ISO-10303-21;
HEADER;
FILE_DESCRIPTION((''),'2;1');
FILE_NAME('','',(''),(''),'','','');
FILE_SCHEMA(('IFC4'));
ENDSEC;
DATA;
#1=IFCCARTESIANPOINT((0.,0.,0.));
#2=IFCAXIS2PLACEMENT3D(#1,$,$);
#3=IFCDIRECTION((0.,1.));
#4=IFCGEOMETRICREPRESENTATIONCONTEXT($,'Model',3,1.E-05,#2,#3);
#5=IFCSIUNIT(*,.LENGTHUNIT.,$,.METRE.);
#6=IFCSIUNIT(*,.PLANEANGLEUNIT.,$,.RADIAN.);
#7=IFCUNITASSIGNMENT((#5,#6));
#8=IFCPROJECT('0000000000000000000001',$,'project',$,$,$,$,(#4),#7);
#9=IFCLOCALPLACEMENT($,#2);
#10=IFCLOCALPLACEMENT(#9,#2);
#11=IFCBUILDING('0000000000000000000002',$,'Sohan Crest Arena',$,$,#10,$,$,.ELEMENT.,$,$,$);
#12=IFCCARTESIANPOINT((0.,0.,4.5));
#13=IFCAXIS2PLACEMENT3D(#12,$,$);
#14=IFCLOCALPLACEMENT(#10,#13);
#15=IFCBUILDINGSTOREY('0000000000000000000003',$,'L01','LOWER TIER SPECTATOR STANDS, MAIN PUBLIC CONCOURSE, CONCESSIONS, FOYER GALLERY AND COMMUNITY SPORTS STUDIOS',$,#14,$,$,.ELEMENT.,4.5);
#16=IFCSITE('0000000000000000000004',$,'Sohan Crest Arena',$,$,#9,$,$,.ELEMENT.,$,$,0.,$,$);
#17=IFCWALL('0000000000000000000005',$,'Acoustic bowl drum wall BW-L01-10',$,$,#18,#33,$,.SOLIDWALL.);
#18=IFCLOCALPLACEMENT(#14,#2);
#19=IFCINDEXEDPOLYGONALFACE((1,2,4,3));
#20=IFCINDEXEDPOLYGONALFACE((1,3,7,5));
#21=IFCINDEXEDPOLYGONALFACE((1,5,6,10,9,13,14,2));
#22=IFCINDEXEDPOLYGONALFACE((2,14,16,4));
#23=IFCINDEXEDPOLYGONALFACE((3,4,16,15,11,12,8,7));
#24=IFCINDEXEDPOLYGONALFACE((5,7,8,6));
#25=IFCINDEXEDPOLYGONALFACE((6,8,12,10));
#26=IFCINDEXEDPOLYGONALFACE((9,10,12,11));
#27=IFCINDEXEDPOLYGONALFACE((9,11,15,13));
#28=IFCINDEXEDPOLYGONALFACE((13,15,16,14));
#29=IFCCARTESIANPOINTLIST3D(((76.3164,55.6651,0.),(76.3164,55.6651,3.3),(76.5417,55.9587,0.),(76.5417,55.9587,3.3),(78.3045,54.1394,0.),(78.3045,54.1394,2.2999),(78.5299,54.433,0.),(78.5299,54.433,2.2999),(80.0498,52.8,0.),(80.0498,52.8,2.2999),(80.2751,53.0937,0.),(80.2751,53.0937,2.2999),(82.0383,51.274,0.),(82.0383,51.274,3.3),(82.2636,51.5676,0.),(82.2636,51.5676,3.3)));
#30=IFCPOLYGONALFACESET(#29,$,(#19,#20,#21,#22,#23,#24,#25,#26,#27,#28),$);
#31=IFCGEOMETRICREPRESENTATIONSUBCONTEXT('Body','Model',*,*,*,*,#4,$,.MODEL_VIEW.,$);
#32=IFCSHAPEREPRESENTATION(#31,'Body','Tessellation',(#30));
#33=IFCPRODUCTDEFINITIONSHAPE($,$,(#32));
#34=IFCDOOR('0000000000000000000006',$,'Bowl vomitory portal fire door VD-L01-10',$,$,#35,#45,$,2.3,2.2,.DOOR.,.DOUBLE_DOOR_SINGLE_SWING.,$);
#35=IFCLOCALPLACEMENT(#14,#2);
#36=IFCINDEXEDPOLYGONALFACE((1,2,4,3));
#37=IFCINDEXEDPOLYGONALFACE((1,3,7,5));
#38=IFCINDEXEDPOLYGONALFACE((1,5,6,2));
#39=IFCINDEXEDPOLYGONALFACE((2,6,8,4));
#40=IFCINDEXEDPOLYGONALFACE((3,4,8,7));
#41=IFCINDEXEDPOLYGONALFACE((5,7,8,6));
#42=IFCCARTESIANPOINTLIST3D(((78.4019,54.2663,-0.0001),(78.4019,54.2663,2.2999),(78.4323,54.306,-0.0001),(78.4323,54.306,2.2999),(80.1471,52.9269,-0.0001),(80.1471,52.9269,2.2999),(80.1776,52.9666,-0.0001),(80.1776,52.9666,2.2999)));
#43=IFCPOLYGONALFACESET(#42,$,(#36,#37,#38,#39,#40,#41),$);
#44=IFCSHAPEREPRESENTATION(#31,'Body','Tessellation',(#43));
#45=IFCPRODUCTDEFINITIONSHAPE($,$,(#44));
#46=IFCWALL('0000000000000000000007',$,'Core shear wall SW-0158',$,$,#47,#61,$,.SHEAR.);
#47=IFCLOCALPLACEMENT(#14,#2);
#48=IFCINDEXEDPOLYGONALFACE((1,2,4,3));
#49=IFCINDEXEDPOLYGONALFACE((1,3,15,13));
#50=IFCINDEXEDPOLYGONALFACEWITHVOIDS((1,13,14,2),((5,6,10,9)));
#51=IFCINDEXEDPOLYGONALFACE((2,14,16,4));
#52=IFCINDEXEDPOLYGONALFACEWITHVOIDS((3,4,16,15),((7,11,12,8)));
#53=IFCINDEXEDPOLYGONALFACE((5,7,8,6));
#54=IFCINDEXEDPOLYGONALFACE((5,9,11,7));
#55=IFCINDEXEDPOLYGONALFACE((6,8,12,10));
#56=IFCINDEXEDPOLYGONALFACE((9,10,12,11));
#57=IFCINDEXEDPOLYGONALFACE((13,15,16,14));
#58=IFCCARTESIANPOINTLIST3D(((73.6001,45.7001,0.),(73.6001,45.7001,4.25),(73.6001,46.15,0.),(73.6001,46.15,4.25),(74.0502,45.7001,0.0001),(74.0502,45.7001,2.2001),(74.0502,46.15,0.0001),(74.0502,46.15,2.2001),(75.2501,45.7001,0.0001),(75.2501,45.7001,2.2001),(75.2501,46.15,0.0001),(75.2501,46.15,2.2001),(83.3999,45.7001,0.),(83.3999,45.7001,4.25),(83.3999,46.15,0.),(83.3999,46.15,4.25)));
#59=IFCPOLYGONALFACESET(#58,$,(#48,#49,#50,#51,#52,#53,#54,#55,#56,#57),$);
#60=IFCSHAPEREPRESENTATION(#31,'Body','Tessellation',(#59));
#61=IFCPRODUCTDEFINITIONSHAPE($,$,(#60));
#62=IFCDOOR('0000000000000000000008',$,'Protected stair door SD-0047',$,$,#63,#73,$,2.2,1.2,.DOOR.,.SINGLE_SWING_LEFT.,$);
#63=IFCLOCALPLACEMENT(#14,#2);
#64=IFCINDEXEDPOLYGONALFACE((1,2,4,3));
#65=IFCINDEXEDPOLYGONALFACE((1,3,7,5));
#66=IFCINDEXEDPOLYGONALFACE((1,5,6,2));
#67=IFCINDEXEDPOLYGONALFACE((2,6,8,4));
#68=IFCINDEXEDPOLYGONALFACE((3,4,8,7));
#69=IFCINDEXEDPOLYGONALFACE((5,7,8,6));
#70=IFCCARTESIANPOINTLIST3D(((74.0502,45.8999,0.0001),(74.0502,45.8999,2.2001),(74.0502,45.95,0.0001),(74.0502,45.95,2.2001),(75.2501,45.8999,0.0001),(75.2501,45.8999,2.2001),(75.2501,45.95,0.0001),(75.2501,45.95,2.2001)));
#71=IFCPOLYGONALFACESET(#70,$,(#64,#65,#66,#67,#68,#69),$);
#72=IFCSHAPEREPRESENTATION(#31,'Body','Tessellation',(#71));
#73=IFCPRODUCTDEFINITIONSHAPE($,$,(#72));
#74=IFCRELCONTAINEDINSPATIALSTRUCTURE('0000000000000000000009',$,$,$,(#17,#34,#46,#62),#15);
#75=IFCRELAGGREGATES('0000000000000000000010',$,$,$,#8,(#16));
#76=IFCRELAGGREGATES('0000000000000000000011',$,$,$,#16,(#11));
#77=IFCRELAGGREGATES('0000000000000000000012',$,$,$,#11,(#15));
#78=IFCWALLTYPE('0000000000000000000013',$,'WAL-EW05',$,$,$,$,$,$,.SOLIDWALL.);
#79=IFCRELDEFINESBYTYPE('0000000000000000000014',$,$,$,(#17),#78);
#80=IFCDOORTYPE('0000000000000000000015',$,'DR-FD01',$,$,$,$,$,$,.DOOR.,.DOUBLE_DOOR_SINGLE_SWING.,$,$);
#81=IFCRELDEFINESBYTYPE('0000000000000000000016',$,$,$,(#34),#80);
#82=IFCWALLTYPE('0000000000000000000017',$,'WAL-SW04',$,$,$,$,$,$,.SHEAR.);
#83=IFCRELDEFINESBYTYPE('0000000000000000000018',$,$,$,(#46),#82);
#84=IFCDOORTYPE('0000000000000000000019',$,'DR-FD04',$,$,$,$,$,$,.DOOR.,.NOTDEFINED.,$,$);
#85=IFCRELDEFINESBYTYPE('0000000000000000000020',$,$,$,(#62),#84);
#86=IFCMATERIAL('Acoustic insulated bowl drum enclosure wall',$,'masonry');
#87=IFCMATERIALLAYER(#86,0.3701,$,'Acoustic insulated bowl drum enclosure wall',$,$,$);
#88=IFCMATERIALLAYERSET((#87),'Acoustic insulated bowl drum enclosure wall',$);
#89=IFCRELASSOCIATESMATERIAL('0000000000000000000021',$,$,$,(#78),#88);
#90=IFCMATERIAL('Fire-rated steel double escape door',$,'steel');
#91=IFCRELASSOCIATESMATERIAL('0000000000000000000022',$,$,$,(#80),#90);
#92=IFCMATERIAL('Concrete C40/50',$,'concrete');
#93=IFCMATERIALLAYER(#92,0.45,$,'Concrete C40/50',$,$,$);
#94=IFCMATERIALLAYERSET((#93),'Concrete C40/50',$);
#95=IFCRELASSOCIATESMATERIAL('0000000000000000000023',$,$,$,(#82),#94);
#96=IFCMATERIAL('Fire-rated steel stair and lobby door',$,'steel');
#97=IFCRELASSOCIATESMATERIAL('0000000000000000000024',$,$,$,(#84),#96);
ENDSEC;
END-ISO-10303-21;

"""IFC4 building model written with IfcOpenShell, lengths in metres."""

from ifc_helpers import new_model, si_unit, direction, frame, frame_2d, origin, place, context, subcontext, project, spatial, rectangle, extrude, material, layer, layer_set, type_object, element, fill, save


model = new_model("IFC4")

# Units and contexts
model_context = context("Model", 3, precision=1e-05, world=origin(), true_north=direction((0.0, 1.0)))
body_context = subcontext(model_context, "Body", "Model", "MODEL_VIEW")
ifc_project = project(units=[si_unit("LENGTHUNIT", "METRE"), si_unit("PLANEANGLEUNIT", "RADIAN")], contexts=[model_context])

# Site, building, storey
site_placement = place(None, origin())
site = spatial("IfcSite", under=ifc_project, at=site_placement, Name="Sohan Crest Arena", CompositionType="ELEMENT", RefElevation=0.0)
building_placement = place(site_placement, origin())
building = spatial("IfcBuilding", under=site, at=building_placement, Name="Sohan Crest Arena", CompositionType="ELEMENT")
storey_placement = place(building_placement, frame((0.0, 0.0, 4.5)))
storey = spatial("IfcBuildingStorey", under=building, at=storey_placement, Name="L01", Description="LOWER TIER SPECTATOR STANDS, MAIN PUBLIC CONCOURSE, CONCESSIONS, FOYER GALLERY AND COMMUNITY SPORTS STUDIOS", CompositionType="ELEMENT", Elevation=4.5)

# Shared definitions
ifc_material_1 = material(Name="Concrete C40/50", Category="concrete")

# Walls, openings, doors
ifc_material_2 = material(Name="Acoustic insulated bowl drum enclosure wall", Category="masonry")
ifc_layer_1 = layer(ifc_material_2, 0.3701, Name="Acoustic insulated bowl drum enclosure wall")
ifc_layer_set_1 = layer_set([ifc_layer_1], Name="Acoustic insulated bowl drum enclosure wall")
wall_type_1 = type_object("IfcWallType", Name="WAL-EW05", PredefinedType="SOLIDWALL", material=ifc_layer_set_1)
wall_1_placement = place(storey_placement, frame((76.429, 55.812, 0.0), z_axis=(0.0, 0.0, 1.0), x_axis=(0.793318, -0.608807, 0.0)))
wall_1 = element("IfcWall", 1, at=wall_1_placement, inside=storey, type_object=wall_type_1, Name="Acoustic bowl drum wall BW-L01-10", PredefinedType="SOLIDWALL", context=body_context, shape_type="SweptSolid", body=[
    extrude(rectangle(XDim=7.2126, YDim=0.3701, at=frame_2d((3.6064, 0.0))), origin(), (0.0, 0.0, 1.0), 3.3),
])
opening_1_placement = place(wall_1_placement, frame((2.5061, 0.0, 0.0)))
opening_1 = element("IfcOpeningElement", 2, at=opening_1_placement, cuts=wall_1, PredefinedType="OPENING", context=body_context, shape_type="SweptSolid", body=[
    extrude(rectangle(XDim=2.2, YDim=2.3, at=frame_2d((1.1001, 1.1499))), frame((0.0, 0.1951, 0.0), z_axis=(0.0, -1.0, 0.0), x_axis=(1.0, 0.0, 0.0)), (0.0, 0.0, 1.0), 0.3901),
])
ifc_material_3 = material(Name="Fire-rated steel double escape door", Category="steel")
door_type_1 = type_object("IfcDoorType", Name="DR-FD01", OperationType="DOUBLE_DOOR_SINGLE_SWING", PredefinedType="DOOR", material=ifc_material_3)
door_1_placement = place(opening_1_placement, origin())
door_1 = element("IfcDoor", 3, at=door_1_placement, inside=storey, type_object=door_type_1, Name="Bowl vomitory portal fire door VD-L01-10", OperationType="DOUBLE_DOOR_SINGLE_SWING", OverallHeight=2.3, OverallWidth=2.2, PredefinedType="DOOR", context=body_context, shape_type="SweptSolid", body=[
    extrude(rectangle(XDim=2.2, YDim=2.3, at=frame_2d((1.1001, 1.1499))), frame((0.0, 0.0249, 0.0), z_axis=(0.0, -1.0, 0.0), x_axis=(1.0, 0.0, 0.0)), (0.0, 0.0, 1.0), 0.05),
])
fill(opening_1, door_1)
ifc_layer_2 = layer(ifc_material_1, 0.45, Name="Concrete C40/50")
ifc_layer_set_2 = layer_set([ifc_layer_2], Name="Concrete C40/50")
wall_type_2 = type_object("IfcWallType", Name="WAL-SW04", PredefinedType="SHEAR", material=ifc_layer_set_2)
wall_2_placement = place(storey_placement, frame((73.6001, 45.925, 0.0), z_axis=(0.0, 0.0, 1.0), x_axis=(1.0, 0.0, 0.0)))
wall_2 = element("IfcWall", 4, at=wall_2_placement, inside=storey, type_object=wall_type_2, Name="Core shear wall SW-0158", PredefinedType="SHEAR", context=body_context, shape_type="SweptSolid", body=[
    extrude(rectangle(XDim=9.7998, YDim=0.45, at=frame_2d((4.8999, 0.0))), origin(), (0.0, 0.0, 1.0), 4.25),
])
opening_2_placement = place(wall_2_placement, frame((0.45, 0.0, 0.0)))
opening_2 = element("IfcOpeningElement", 5, at=opening_2_placement, cuts=wall_2, PredefinedType="OPENING", context=body_context, shape_type="SweptSolid", body=[
    extrude(rectangle(XDim=1.2, YDim=2.2, at=frame_2d((0.6001, 1.1001))), frame((0.0, 0.2349, 0.0), z_axis=(0.0, -1.0, 0.0), x_axis=(1.0, 0.0, 0.0)), (0.0, 0.0, 1.0), 0.47),
])
ifc_material_4 = material(Name="Fire-rated steel stair and lobby door", Category="steel")
door_type_2 = type_object("IfcDoorType", Name="DR-FD04", OperationType="NOTDEFINED", PredefinedType="DOOR", material=ifc_material_4)
door_2_placement = place(opening_2_placement, origin())
door_2 = element("IfcDoor", 6, at=door_2_placement, inside=storey, type_object=door_type_2, Name="Protected stair door SD-0047", OperationType="SINGLE_SWING_LEFT", OverallHeight=2.2, OverallWidth=1.2, PredefinedType="DOOR", context=body_context, shape_type="SweptSolid", body=[
    extrude(rectangle(XDim=1.2, YDim=2.2, at=frame_2d((0.6001, 1.1001))), frame((0.0, 0.0249, 0.0), z_axis=(0.0, -1.0, 0.0), x_axis=(1.0, 0.0, 0.0)), (0.0, 0.0, 1.0), 0.05),
])
fill(opening_2, door_2)

save(model, "model.ifc")
